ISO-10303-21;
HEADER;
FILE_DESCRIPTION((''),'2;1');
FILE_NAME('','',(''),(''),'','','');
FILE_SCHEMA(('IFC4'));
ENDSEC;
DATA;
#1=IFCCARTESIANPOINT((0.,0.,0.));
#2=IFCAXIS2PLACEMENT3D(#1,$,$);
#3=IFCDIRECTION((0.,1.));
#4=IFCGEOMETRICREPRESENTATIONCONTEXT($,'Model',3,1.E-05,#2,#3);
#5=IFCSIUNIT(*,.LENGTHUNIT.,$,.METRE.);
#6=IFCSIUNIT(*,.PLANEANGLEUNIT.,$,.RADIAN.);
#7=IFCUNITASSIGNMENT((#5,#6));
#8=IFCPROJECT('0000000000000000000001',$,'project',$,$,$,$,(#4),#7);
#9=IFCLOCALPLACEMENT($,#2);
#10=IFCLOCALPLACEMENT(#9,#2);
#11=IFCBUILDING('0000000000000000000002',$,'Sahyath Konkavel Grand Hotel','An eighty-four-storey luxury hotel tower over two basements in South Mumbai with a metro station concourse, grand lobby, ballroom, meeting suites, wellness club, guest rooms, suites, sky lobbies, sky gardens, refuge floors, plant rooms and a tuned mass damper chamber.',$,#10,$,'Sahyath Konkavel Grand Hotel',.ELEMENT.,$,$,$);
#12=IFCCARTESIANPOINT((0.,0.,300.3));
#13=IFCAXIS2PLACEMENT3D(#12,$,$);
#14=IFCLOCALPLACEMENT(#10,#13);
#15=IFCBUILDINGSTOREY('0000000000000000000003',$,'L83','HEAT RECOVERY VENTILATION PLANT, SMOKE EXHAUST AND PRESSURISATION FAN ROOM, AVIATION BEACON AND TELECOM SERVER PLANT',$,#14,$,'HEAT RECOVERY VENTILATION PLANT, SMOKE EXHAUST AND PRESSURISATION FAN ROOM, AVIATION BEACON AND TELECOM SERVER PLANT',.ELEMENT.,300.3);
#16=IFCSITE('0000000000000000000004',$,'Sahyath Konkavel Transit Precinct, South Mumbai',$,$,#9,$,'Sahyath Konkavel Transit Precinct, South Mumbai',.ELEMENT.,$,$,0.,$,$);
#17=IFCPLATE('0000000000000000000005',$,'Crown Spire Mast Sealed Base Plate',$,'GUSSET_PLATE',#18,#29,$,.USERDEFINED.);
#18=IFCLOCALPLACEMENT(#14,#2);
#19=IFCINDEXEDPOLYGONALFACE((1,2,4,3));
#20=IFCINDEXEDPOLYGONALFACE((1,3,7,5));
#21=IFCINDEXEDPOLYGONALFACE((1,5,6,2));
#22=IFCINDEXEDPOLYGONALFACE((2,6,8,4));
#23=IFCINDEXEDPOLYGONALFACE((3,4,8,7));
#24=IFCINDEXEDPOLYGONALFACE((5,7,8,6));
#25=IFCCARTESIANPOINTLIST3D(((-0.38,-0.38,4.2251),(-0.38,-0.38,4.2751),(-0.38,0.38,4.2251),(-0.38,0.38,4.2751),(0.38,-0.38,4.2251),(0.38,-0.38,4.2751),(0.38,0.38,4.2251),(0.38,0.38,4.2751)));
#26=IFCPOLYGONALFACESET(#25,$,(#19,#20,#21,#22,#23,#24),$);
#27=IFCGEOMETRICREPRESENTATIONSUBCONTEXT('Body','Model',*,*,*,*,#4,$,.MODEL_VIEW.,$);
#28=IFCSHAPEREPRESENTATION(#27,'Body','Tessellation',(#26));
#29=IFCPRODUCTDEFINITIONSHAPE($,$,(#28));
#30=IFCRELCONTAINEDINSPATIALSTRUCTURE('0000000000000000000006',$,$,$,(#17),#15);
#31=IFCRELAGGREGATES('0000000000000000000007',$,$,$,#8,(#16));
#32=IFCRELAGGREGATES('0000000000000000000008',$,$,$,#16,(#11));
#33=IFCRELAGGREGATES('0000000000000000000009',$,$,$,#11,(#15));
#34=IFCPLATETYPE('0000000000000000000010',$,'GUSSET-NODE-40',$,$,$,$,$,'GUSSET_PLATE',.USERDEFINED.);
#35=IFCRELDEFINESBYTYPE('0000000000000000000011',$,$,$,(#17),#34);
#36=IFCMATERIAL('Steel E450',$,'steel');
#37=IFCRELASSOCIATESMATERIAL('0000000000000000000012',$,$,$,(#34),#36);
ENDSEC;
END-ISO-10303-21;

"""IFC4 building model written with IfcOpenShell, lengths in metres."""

from ifc_helpers import new_model, si_unit, direction, frame, origin, origin_2d, place, context, subcontext, project, spatial, rectangle, extrude, source, transform, mapped, material, type_object, element, save


model = new_model("IFC4")

# Units and contexts
model_context = context("Model", 3, precision=1e-05, world=origin(), true_north=direction((0.0, 1.0)))
body_context = subcontext(model_context, "Body", "Model", "MODEL_VIEW")
ifc_project = project(units=[si_unit("LENGTHUNIT", "METRE"), si_unit("PLANEANGLEUNIT", "RADIAN")], contexts=[model_context])

# Site, building, storey
site_placement = place(None, origin())
site = spatial("IfcSite", under=ifc_project, at=site_placement, Name="Sahyath Konkavel Transit Precinct, South Mumbai", LongName="Sahyath Konkavel Transit Precinct, South Mumbai", CompositionType="ELEMENT", RefElevation=0.0)
building_placement = place(site_placement, origin())
building = spatial("IfcBuilding", under=site, at=building_placement, Name="Sahyath Konkavel Grand Hotel", Description="An eighty-four-storey luxury hotel tower over two basements in South Mumbai with a metro station concourse, grand lobby, ballroom, meeting suites, wellness club, guest rooms, suites, sky lobbies, sky gardens, refuge floors, plant rooms and a tuned mass damper chamber.", LongName="Sahyath Konkavel Grand Hotel", CompositionType="ELEMENT")
storey_placement = place(building_placement, frame((0.0, 0.0, 300.3)))
storey = spatial("IfcBuildingStorey", under=building, at=storey_placement, Name="L83", Description="HEAT RECOVERY VENTILATION PLANT, SMOKE EXHAUST AND PRESSURISATION FAN ROOM, AVIATION BEACON AND TELECOM SERVER PLANT", LongName="HEAT RECOVERY VENTILATION PLANT, SMOKE EXHAUST AND PRESSURISATION FAN ROOM, AVIATION BEACON AND TELECOM SERVER PLANT", CompositionType="ELEMENT", Elevation=300.3)

# Plate
ifc_material_1 = material(Name="Steel E450", Category="steel")
plate_type_1 = type_object("IfcPlateType", Name="GUSSET-NODE-40", ElementType="GUSSET_PLATE", PredefinedType="USERDEFINED", material=ifc_material_1)
shared_shape_1 = source(origin(), body_context, "Body", "SweptSolid", [
    extrude(rectangle(XDim=0.76, YDim=0.76, at=origin_2d()), origin(), (0.0, 0.0, 1.0), 0.05),
])
plate_1_placement = place(storey_placement, frame((0.0, 0.0, 4.2251), z_axis=(0.0, 0.0, 1.0), x_axis=(1.0, 0.0, 0.0)))
element("IfcPlate", 1, at=plate_1_placement, inside=storey, type_object=plate_type_1, Name="Crown Spire Mast Sealed Base Plate", ObjectType="GUSSET_PLATE", PredefinedType="USERDEFINED", context=body_context, shape_type="MappedRepresentation", body=[
    mapped(shared_shape_1, transform((0.0, 0.0, 0.0), scale=1.0)),
])

save(model, "model.ifc")
